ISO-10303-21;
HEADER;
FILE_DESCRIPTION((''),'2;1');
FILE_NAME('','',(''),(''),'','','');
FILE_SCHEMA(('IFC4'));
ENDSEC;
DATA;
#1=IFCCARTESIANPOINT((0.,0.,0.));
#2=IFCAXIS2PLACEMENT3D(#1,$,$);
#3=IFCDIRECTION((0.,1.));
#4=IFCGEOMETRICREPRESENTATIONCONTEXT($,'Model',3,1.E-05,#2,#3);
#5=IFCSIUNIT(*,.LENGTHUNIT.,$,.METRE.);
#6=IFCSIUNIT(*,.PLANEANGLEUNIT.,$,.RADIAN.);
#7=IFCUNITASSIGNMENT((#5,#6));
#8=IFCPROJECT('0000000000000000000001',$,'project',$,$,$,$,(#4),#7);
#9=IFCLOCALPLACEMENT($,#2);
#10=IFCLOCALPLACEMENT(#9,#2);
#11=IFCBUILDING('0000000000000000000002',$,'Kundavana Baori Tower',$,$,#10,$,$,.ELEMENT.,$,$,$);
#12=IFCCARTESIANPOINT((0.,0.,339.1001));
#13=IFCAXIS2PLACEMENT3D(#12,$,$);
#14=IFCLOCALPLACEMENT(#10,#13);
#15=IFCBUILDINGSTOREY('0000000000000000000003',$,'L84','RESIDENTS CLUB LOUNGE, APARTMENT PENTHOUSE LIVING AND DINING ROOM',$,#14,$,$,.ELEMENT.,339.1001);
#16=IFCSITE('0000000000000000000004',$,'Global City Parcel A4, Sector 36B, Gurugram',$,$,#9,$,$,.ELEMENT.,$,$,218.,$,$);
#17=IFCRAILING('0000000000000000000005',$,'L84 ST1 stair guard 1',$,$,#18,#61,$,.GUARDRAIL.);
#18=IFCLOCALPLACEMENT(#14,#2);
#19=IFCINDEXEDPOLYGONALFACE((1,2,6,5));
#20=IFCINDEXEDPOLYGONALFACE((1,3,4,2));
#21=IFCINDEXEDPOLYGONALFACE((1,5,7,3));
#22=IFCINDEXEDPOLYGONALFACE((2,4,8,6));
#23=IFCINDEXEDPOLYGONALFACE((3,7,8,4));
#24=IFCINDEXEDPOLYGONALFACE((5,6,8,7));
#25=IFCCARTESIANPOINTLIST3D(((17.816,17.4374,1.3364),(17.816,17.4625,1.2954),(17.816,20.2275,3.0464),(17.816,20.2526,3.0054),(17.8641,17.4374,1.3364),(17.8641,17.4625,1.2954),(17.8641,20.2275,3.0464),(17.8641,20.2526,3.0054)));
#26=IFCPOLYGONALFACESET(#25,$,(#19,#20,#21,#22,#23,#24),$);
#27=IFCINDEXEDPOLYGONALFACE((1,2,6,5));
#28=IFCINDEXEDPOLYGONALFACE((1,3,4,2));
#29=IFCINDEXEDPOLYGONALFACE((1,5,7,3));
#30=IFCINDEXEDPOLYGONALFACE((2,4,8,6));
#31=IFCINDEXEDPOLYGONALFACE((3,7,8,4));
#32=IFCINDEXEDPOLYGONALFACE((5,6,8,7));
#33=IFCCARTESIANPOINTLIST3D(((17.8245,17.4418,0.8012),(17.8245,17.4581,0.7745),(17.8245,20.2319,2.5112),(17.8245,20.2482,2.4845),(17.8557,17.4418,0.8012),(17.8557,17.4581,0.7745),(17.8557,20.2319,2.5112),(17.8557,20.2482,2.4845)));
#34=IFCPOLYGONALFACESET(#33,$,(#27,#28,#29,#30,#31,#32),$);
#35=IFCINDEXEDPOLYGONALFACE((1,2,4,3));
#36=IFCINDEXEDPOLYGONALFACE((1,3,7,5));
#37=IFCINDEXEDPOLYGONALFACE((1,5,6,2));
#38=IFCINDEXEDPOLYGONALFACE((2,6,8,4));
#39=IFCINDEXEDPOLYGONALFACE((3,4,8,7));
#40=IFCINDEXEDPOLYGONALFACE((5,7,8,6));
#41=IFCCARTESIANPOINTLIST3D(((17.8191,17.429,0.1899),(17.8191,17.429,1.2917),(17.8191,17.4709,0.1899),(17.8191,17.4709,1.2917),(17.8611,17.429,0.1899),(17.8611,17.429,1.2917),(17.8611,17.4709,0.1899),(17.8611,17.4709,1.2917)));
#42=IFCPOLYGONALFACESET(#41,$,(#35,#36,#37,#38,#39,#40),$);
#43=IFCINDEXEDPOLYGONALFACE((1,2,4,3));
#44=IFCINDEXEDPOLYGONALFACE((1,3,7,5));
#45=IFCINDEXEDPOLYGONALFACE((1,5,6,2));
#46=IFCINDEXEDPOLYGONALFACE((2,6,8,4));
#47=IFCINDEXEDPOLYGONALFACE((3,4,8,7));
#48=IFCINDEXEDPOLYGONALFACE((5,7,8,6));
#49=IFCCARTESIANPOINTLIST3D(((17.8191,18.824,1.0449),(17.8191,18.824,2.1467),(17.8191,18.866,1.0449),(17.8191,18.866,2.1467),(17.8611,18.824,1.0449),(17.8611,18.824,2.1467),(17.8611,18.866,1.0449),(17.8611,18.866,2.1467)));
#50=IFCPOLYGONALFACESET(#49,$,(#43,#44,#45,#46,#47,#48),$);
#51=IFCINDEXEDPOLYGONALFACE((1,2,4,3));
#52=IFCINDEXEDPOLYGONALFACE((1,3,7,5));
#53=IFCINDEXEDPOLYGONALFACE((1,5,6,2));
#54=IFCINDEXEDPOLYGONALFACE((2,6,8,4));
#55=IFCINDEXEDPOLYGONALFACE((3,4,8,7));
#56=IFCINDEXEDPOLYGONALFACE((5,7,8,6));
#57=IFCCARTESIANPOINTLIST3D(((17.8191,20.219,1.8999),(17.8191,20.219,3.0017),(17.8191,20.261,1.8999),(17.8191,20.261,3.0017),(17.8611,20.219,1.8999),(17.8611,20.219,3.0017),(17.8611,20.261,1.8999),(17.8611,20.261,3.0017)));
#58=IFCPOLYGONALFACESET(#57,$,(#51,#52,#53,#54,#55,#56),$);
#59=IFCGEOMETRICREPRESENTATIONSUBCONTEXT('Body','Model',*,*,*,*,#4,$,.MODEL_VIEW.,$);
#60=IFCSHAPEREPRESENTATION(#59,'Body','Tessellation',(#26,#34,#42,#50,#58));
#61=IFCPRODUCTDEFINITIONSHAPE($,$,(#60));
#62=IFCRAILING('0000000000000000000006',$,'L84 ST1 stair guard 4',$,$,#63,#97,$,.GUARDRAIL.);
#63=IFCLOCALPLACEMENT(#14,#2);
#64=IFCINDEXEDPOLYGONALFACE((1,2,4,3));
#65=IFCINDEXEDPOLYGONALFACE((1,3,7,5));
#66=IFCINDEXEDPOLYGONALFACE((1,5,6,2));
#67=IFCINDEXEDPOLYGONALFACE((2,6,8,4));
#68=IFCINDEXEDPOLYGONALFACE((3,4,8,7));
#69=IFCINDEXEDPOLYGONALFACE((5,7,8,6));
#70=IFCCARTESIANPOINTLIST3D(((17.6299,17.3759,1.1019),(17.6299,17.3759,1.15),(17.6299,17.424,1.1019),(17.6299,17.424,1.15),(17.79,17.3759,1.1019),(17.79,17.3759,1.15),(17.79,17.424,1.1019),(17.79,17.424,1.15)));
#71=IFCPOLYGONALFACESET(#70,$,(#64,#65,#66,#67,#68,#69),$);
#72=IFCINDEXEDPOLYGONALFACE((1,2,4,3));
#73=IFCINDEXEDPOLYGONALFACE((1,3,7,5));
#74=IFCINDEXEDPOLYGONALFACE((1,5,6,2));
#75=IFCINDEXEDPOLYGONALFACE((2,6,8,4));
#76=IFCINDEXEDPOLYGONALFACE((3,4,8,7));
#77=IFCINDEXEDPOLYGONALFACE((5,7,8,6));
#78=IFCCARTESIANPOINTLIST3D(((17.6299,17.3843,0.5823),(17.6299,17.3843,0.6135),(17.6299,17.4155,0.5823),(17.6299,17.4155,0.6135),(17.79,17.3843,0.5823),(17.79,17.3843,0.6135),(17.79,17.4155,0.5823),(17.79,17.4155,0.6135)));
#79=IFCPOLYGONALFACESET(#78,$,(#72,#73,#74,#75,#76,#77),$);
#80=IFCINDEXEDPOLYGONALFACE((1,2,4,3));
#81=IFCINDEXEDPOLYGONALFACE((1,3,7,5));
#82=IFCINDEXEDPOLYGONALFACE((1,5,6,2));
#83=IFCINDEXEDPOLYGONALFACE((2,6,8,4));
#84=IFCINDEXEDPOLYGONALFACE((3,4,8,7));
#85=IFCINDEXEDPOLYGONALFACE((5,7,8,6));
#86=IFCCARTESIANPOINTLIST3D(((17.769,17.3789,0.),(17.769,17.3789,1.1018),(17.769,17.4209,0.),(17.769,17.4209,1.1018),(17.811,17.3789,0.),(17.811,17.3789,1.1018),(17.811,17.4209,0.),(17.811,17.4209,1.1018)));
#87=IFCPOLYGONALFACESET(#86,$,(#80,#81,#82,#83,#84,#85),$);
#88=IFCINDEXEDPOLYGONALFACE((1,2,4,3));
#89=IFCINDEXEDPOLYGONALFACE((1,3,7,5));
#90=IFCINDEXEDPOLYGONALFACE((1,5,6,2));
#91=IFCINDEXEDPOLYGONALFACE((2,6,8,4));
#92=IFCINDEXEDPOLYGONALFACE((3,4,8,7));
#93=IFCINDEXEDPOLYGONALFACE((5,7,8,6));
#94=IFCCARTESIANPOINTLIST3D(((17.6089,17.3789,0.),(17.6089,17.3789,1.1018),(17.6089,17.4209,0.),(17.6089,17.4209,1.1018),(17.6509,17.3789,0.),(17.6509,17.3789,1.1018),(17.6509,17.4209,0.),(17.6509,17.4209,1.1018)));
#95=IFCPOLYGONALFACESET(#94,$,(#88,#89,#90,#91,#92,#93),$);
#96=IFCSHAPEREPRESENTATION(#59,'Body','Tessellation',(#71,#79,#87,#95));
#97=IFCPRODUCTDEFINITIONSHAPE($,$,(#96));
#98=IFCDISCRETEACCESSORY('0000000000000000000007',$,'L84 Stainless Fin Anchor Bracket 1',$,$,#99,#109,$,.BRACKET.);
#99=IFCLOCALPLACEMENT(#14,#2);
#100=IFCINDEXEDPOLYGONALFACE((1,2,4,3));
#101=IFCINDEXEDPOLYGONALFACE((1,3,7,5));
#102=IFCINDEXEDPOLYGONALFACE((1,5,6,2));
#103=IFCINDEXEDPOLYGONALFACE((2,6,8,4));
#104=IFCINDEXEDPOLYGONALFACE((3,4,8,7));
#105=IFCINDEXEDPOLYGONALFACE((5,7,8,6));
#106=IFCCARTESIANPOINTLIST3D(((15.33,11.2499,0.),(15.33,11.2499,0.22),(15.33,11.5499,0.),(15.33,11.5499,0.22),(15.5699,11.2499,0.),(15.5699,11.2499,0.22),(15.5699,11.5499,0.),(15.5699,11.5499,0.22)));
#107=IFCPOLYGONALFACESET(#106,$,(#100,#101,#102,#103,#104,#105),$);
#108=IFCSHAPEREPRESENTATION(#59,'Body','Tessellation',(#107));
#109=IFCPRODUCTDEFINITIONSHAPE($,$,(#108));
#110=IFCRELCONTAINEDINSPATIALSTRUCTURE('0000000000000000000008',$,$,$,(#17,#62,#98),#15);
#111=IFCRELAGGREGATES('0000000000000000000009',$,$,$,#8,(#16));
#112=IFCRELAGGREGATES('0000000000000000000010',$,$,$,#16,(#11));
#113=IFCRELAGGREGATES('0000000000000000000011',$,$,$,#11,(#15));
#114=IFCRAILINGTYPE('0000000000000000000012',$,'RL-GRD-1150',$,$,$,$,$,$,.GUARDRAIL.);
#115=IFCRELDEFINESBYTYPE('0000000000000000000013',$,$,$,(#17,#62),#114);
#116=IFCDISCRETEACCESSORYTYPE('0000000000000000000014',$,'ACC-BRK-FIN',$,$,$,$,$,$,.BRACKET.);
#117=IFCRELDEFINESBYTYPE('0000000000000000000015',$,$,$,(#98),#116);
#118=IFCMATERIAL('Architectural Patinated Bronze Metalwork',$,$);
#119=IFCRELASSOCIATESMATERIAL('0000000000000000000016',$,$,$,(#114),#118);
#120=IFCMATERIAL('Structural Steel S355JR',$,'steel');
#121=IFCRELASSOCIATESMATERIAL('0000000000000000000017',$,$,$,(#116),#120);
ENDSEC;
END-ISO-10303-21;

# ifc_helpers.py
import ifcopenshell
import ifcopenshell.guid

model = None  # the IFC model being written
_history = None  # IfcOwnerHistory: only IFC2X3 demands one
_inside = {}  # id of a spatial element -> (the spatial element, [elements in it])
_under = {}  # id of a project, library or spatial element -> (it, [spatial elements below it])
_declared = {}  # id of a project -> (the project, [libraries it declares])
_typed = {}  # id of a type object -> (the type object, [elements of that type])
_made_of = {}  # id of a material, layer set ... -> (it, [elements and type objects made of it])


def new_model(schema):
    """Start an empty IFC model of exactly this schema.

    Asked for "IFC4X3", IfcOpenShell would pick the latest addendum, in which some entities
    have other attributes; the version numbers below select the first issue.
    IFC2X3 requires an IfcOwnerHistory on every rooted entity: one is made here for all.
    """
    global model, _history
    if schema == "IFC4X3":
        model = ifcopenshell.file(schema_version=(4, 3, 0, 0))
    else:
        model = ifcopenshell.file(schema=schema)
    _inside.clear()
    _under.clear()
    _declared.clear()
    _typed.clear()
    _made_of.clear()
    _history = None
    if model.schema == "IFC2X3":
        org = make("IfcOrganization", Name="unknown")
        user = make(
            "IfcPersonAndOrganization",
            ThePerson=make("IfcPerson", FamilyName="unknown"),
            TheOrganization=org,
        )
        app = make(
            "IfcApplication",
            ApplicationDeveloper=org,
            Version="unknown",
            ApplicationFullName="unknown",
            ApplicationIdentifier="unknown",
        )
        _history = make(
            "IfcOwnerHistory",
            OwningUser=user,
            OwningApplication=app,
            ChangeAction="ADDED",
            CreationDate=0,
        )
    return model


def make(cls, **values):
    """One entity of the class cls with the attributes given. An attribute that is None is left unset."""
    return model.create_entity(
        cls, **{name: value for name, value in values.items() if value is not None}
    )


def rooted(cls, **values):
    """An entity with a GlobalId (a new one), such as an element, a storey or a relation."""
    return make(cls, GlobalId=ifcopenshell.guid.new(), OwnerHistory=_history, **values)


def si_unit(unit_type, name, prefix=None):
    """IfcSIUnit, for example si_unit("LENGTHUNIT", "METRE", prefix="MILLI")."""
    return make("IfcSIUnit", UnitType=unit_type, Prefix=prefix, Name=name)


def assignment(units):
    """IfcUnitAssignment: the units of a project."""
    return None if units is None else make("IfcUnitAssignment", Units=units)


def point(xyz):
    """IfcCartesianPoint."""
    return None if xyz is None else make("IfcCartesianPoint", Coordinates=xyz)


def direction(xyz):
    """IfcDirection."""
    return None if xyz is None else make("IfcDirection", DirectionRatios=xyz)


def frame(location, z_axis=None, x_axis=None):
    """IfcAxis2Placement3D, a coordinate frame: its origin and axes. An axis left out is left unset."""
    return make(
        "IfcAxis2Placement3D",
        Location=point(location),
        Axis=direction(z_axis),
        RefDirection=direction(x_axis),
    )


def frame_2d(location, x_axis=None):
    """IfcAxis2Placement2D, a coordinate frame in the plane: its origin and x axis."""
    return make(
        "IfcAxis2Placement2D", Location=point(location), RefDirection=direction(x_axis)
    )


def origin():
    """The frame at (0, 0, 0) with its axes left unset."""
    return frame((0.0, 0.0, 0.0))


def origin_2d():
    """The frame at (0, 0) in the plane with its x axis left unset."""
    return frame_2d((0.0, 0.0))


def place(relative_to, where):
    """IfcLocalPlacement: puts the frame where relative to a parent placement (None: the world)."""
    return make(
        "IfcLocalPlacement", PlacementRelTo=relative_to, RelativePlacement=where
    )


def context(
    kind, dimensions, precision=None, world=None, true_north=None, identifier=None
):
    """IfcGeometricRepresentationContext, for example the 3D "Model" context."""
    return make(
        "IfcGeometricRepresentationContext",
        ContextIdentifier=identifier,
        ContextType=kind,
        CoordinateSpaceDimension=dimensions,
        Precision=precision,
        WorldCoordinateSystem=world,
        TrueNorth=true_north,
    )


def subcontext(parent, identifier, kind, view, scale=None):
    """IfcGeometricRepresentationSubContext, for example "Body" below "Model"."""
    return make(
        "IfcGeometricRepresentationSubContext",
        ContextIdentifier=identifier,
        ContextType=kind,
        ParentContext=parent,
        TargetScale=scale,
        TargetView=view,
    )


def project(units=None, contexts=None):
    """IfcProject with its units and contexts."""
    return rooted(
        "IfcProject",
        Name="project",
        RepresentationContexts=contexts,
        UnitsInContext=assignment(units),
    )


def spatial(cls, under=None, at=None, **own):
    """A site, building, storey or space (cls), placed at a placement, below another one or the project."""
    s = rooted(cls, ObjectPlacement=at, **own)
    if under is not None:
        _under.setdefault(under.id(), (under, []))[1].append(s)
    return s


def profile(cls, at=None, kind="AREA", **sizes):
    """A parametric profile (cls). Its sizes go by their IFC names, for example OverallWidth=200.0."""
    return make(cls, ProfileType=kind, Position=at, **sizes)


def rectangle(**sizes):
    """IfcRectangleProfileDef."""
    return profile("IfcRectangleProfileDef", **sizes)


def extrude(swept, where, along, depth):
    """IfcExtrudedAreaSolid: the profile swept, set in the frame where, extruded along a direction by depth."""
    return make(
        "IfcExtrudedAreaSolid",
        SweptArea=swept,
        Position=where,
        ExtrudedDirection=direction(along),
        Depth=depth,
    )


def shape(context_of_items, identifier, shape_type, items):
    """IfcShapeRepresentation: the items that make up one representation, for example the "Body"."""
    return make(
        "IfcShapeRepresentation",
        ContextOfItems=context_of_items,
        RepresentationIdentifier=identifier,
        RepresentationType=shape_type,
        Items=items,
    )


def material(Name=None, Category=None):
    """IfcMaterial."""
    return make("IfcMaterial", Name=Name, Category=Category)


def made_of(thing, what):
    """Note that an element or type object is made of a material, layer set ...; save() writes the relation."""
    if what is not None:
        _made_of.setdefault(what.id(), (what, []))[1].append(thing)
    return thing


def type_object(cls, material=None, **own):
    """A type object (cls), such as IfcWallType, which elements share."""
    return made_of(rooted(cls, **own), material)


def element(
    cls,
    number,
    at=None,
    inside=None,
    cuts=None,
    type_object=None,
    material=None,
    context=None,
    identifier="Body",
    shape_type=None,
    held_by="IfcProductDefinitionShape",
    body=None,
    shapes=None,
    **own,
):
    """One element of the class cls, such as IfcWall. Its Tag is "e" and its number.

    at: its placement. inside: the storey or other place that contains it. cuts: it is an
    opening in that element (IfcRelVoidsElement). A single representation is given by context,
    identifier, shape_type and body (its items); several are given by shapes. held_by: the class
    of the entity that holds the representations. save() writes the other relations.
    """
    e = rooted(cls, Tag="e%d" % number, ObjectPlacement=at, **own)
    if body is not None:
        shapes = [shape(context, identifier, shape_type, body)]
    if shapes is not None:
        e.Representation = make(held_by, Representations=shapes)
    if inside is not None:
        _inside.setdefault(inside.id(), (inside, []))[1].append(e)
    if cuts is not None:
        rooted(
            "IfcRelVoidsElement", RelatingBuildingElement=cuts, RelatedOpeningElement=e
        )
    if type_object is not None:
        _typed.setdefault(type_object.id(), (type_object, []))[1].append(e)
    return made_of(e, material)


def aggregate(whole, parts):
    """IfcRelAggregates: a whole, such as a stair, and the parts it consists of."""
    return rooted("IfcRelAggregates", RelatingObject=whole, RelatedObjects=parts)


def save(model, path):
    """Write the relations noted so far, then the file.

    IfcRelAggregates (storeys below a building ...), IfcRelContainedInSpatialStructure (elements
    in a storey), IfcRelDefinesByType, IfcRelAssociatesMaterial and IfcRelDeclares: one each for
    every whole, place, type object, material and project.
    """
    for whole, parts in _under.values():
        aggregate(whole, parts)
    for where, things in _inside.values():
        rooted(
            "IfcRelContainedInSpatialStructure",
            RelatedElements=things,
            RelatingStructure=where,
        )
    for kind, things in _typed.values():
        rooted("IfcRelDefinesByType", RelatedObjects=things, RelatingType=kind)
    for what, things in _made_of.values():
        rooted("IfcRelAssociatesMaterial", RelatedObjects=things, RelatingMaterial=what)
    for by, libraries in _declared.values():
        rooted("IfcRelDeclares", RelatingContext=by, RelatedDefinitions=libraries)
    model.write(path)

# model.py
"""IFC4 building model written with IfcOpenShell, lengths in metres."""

from ifc_helpers import new_model, si_unit, direction, frame, origin, origin_2d, place, context, subcontext, project, spatial, rectangle, extrude, material, type_object, element, save


model = new_model("IFC4")

# Units and contexts
model_context = context("Model", 3, precision=1e-05, world=origin(), true_north=direction((0.0, 1.0)))
body_context = subcontext(model_context, "Body", "Model", "MODEL_VIEW")
ifc_project = project(units=[si_unit("LENGTHUNIT", "METRE"), si_unit("PLANEANGLEUNIT", "RADIAN")], contexts=[model_context])

# Site, building, storey
site_placement = place(None, origin())
site = spatial("IfcSite", under=ifc_project, at=site_placement, Name="Global City Parcel A4, Sector 36B, Gurugram", CompositionType="ELEMENT", RefElevation=218.0)
building_placement = place(site_placement, origin())
building = spatial("IfcBuilding", under=site, at=building_placement, Name="Kundavana Baori Tower", CompositionType="ELEMENT")
storey_placement = place(building_placement, frame((0.0, 0.0, 339.1001)))
storey = spatial("IfcBuildingStorey", under=building, at=storey_placement, Name="L84", Description="RESIDENTS CLUB LOUNGE, APARTMENT PENTHOUSE LIVING AND DINING ROOM", CompositionType="ELEMENT", Elevation=339.1001)

# Railings
ifc_material_1 = material(Name="Architectural Patinated Bronze Metalwork")
railing_type = type_object("IfcRailingType", Name="RL-GRD-1150", PredefinedType="GUARDRAIL", material=ifc_material_1)
railing_1_placement = place(storey_placement, frame((17.8401, 17.45, 0.1899)))
element("IfcRailing", 1, at=railing_1_placement, inside=storey, type_object=railing_type, Name="L84 ST1 stair guard 1", PredefinedType="GUARDRAIL", context=body_context, shape_type="SweptSolid", body=[
    extrude(rectangle(XDim=0.0481, YDim=0.0481, at=origin_2d()), frame((0.0, 0.0, 1.126), z_axis=(0.0, 0.85261, 0.522548), x_axis=(-1.0, 0.0, 0.0)), (0.0, 0.0, 1.0), 3.2725),
    extrude(rectangle(XDim=0.0312, YDim=0.0312, at=origin_2d()), frame((0.0, 0.0, 0.5979), z_axis=(0.0, 0.85261, 0.522548), x_axis=(-1.0, 0.0, 0.0)), (0.0, 0.0, 1.0), 3.2725),
    extrude(rectangle(XDim=0.042, YDim=0.042, at=origin_2d()), origin(), (0.0, 0.0, 1.0), 1.1018),
    extrude(rectangle(XDim=0.042, YDim=0.042, at=origin_2d()), frame((0.0, 1.395, 0.855)), (0.0, 0.0, 1.0), 1.1018),
    extrude(rectangle(XDim=0.042, YDim=0.042, at=origin_2d()), frame((0.0, 2.79, 1.71)), (0.0, 0.0, 1.0), 1.1018),
])
railing_2_placement = place(storey_placement, frame((17.79, 17.3999, 0.0)))
element("IfcRailing", 2, at=railing_2_placement, inside=storey, type_object=railing_type, Name="L84 ST1 stair guard 4", PredefinedType="GUARDRAIL", context=body_context, shape_type="SweptSolid", body=[
    extrude(rectangle(XDim=0.0481, YDim=0.0481, at=origin_2d()), frame((0.0, 0.0, 1.126), z_axis=(-1.0, 0.0, 0.0), x_axis=(0.0, -1.0, 0.0)), (0.0, 0.0, 1.0), 0.1602),
    extrude(rectangle(XDim=0.0312, YDim=0.0312, at=origin_2d()), frame((0.0, 0.0, 0.5979), z_axis=(-1.0, 0.0, 0.0), x_axis=(0.0, -1.0, 0.0)), (0.0, 0.0, 1.0), 0.1602),
    extrude(rectangle(XDim=0.042, YDim=0.042, at=origin_2d()), origin(), (0.0, 0.0, 1.0), 1.1018),
    extrude(rectangle(XDim=0.042, YDim=0.042, at=origin_2d()), frame((-0.1602, 0.0, 0.0)), (0.0, 0.0, 1.0), 1.1018),
])

# Discrete accessory
ifc_material_2 = material(Name="Structural Steel S355JR", Category="steel")
discrete_accessory_type = type_object("IfcDiscreteAccessoryType", Name="ACC-BRK-FIN", PredefinedType="BRACKET", material=ifc_material_2)
discrete_accessory_placement = place(storey_placement, frame((15.45, 11.3999, 0.0), z_axis=(0.0, 0.0, 1.0), x_axis=(1.0, 0.0, 0.0)))
element("IfcDiscreteAccessory", 3, at=discrete_accessory_placement, inside=storey, type_object=discrete_accessory_type, Name="L84 Stainless Fin Anchor Bracket 1", PredefinedType="BRACKET", context=body_context, shape_type="SweptSolid", body=[
    extrude(rectangle(XDim=0.24, YDim=0.3, at=origin_2d()), origin(), (0.0, 0.0, 1.0), 0.22),
])

save(model, "model.ifc")
